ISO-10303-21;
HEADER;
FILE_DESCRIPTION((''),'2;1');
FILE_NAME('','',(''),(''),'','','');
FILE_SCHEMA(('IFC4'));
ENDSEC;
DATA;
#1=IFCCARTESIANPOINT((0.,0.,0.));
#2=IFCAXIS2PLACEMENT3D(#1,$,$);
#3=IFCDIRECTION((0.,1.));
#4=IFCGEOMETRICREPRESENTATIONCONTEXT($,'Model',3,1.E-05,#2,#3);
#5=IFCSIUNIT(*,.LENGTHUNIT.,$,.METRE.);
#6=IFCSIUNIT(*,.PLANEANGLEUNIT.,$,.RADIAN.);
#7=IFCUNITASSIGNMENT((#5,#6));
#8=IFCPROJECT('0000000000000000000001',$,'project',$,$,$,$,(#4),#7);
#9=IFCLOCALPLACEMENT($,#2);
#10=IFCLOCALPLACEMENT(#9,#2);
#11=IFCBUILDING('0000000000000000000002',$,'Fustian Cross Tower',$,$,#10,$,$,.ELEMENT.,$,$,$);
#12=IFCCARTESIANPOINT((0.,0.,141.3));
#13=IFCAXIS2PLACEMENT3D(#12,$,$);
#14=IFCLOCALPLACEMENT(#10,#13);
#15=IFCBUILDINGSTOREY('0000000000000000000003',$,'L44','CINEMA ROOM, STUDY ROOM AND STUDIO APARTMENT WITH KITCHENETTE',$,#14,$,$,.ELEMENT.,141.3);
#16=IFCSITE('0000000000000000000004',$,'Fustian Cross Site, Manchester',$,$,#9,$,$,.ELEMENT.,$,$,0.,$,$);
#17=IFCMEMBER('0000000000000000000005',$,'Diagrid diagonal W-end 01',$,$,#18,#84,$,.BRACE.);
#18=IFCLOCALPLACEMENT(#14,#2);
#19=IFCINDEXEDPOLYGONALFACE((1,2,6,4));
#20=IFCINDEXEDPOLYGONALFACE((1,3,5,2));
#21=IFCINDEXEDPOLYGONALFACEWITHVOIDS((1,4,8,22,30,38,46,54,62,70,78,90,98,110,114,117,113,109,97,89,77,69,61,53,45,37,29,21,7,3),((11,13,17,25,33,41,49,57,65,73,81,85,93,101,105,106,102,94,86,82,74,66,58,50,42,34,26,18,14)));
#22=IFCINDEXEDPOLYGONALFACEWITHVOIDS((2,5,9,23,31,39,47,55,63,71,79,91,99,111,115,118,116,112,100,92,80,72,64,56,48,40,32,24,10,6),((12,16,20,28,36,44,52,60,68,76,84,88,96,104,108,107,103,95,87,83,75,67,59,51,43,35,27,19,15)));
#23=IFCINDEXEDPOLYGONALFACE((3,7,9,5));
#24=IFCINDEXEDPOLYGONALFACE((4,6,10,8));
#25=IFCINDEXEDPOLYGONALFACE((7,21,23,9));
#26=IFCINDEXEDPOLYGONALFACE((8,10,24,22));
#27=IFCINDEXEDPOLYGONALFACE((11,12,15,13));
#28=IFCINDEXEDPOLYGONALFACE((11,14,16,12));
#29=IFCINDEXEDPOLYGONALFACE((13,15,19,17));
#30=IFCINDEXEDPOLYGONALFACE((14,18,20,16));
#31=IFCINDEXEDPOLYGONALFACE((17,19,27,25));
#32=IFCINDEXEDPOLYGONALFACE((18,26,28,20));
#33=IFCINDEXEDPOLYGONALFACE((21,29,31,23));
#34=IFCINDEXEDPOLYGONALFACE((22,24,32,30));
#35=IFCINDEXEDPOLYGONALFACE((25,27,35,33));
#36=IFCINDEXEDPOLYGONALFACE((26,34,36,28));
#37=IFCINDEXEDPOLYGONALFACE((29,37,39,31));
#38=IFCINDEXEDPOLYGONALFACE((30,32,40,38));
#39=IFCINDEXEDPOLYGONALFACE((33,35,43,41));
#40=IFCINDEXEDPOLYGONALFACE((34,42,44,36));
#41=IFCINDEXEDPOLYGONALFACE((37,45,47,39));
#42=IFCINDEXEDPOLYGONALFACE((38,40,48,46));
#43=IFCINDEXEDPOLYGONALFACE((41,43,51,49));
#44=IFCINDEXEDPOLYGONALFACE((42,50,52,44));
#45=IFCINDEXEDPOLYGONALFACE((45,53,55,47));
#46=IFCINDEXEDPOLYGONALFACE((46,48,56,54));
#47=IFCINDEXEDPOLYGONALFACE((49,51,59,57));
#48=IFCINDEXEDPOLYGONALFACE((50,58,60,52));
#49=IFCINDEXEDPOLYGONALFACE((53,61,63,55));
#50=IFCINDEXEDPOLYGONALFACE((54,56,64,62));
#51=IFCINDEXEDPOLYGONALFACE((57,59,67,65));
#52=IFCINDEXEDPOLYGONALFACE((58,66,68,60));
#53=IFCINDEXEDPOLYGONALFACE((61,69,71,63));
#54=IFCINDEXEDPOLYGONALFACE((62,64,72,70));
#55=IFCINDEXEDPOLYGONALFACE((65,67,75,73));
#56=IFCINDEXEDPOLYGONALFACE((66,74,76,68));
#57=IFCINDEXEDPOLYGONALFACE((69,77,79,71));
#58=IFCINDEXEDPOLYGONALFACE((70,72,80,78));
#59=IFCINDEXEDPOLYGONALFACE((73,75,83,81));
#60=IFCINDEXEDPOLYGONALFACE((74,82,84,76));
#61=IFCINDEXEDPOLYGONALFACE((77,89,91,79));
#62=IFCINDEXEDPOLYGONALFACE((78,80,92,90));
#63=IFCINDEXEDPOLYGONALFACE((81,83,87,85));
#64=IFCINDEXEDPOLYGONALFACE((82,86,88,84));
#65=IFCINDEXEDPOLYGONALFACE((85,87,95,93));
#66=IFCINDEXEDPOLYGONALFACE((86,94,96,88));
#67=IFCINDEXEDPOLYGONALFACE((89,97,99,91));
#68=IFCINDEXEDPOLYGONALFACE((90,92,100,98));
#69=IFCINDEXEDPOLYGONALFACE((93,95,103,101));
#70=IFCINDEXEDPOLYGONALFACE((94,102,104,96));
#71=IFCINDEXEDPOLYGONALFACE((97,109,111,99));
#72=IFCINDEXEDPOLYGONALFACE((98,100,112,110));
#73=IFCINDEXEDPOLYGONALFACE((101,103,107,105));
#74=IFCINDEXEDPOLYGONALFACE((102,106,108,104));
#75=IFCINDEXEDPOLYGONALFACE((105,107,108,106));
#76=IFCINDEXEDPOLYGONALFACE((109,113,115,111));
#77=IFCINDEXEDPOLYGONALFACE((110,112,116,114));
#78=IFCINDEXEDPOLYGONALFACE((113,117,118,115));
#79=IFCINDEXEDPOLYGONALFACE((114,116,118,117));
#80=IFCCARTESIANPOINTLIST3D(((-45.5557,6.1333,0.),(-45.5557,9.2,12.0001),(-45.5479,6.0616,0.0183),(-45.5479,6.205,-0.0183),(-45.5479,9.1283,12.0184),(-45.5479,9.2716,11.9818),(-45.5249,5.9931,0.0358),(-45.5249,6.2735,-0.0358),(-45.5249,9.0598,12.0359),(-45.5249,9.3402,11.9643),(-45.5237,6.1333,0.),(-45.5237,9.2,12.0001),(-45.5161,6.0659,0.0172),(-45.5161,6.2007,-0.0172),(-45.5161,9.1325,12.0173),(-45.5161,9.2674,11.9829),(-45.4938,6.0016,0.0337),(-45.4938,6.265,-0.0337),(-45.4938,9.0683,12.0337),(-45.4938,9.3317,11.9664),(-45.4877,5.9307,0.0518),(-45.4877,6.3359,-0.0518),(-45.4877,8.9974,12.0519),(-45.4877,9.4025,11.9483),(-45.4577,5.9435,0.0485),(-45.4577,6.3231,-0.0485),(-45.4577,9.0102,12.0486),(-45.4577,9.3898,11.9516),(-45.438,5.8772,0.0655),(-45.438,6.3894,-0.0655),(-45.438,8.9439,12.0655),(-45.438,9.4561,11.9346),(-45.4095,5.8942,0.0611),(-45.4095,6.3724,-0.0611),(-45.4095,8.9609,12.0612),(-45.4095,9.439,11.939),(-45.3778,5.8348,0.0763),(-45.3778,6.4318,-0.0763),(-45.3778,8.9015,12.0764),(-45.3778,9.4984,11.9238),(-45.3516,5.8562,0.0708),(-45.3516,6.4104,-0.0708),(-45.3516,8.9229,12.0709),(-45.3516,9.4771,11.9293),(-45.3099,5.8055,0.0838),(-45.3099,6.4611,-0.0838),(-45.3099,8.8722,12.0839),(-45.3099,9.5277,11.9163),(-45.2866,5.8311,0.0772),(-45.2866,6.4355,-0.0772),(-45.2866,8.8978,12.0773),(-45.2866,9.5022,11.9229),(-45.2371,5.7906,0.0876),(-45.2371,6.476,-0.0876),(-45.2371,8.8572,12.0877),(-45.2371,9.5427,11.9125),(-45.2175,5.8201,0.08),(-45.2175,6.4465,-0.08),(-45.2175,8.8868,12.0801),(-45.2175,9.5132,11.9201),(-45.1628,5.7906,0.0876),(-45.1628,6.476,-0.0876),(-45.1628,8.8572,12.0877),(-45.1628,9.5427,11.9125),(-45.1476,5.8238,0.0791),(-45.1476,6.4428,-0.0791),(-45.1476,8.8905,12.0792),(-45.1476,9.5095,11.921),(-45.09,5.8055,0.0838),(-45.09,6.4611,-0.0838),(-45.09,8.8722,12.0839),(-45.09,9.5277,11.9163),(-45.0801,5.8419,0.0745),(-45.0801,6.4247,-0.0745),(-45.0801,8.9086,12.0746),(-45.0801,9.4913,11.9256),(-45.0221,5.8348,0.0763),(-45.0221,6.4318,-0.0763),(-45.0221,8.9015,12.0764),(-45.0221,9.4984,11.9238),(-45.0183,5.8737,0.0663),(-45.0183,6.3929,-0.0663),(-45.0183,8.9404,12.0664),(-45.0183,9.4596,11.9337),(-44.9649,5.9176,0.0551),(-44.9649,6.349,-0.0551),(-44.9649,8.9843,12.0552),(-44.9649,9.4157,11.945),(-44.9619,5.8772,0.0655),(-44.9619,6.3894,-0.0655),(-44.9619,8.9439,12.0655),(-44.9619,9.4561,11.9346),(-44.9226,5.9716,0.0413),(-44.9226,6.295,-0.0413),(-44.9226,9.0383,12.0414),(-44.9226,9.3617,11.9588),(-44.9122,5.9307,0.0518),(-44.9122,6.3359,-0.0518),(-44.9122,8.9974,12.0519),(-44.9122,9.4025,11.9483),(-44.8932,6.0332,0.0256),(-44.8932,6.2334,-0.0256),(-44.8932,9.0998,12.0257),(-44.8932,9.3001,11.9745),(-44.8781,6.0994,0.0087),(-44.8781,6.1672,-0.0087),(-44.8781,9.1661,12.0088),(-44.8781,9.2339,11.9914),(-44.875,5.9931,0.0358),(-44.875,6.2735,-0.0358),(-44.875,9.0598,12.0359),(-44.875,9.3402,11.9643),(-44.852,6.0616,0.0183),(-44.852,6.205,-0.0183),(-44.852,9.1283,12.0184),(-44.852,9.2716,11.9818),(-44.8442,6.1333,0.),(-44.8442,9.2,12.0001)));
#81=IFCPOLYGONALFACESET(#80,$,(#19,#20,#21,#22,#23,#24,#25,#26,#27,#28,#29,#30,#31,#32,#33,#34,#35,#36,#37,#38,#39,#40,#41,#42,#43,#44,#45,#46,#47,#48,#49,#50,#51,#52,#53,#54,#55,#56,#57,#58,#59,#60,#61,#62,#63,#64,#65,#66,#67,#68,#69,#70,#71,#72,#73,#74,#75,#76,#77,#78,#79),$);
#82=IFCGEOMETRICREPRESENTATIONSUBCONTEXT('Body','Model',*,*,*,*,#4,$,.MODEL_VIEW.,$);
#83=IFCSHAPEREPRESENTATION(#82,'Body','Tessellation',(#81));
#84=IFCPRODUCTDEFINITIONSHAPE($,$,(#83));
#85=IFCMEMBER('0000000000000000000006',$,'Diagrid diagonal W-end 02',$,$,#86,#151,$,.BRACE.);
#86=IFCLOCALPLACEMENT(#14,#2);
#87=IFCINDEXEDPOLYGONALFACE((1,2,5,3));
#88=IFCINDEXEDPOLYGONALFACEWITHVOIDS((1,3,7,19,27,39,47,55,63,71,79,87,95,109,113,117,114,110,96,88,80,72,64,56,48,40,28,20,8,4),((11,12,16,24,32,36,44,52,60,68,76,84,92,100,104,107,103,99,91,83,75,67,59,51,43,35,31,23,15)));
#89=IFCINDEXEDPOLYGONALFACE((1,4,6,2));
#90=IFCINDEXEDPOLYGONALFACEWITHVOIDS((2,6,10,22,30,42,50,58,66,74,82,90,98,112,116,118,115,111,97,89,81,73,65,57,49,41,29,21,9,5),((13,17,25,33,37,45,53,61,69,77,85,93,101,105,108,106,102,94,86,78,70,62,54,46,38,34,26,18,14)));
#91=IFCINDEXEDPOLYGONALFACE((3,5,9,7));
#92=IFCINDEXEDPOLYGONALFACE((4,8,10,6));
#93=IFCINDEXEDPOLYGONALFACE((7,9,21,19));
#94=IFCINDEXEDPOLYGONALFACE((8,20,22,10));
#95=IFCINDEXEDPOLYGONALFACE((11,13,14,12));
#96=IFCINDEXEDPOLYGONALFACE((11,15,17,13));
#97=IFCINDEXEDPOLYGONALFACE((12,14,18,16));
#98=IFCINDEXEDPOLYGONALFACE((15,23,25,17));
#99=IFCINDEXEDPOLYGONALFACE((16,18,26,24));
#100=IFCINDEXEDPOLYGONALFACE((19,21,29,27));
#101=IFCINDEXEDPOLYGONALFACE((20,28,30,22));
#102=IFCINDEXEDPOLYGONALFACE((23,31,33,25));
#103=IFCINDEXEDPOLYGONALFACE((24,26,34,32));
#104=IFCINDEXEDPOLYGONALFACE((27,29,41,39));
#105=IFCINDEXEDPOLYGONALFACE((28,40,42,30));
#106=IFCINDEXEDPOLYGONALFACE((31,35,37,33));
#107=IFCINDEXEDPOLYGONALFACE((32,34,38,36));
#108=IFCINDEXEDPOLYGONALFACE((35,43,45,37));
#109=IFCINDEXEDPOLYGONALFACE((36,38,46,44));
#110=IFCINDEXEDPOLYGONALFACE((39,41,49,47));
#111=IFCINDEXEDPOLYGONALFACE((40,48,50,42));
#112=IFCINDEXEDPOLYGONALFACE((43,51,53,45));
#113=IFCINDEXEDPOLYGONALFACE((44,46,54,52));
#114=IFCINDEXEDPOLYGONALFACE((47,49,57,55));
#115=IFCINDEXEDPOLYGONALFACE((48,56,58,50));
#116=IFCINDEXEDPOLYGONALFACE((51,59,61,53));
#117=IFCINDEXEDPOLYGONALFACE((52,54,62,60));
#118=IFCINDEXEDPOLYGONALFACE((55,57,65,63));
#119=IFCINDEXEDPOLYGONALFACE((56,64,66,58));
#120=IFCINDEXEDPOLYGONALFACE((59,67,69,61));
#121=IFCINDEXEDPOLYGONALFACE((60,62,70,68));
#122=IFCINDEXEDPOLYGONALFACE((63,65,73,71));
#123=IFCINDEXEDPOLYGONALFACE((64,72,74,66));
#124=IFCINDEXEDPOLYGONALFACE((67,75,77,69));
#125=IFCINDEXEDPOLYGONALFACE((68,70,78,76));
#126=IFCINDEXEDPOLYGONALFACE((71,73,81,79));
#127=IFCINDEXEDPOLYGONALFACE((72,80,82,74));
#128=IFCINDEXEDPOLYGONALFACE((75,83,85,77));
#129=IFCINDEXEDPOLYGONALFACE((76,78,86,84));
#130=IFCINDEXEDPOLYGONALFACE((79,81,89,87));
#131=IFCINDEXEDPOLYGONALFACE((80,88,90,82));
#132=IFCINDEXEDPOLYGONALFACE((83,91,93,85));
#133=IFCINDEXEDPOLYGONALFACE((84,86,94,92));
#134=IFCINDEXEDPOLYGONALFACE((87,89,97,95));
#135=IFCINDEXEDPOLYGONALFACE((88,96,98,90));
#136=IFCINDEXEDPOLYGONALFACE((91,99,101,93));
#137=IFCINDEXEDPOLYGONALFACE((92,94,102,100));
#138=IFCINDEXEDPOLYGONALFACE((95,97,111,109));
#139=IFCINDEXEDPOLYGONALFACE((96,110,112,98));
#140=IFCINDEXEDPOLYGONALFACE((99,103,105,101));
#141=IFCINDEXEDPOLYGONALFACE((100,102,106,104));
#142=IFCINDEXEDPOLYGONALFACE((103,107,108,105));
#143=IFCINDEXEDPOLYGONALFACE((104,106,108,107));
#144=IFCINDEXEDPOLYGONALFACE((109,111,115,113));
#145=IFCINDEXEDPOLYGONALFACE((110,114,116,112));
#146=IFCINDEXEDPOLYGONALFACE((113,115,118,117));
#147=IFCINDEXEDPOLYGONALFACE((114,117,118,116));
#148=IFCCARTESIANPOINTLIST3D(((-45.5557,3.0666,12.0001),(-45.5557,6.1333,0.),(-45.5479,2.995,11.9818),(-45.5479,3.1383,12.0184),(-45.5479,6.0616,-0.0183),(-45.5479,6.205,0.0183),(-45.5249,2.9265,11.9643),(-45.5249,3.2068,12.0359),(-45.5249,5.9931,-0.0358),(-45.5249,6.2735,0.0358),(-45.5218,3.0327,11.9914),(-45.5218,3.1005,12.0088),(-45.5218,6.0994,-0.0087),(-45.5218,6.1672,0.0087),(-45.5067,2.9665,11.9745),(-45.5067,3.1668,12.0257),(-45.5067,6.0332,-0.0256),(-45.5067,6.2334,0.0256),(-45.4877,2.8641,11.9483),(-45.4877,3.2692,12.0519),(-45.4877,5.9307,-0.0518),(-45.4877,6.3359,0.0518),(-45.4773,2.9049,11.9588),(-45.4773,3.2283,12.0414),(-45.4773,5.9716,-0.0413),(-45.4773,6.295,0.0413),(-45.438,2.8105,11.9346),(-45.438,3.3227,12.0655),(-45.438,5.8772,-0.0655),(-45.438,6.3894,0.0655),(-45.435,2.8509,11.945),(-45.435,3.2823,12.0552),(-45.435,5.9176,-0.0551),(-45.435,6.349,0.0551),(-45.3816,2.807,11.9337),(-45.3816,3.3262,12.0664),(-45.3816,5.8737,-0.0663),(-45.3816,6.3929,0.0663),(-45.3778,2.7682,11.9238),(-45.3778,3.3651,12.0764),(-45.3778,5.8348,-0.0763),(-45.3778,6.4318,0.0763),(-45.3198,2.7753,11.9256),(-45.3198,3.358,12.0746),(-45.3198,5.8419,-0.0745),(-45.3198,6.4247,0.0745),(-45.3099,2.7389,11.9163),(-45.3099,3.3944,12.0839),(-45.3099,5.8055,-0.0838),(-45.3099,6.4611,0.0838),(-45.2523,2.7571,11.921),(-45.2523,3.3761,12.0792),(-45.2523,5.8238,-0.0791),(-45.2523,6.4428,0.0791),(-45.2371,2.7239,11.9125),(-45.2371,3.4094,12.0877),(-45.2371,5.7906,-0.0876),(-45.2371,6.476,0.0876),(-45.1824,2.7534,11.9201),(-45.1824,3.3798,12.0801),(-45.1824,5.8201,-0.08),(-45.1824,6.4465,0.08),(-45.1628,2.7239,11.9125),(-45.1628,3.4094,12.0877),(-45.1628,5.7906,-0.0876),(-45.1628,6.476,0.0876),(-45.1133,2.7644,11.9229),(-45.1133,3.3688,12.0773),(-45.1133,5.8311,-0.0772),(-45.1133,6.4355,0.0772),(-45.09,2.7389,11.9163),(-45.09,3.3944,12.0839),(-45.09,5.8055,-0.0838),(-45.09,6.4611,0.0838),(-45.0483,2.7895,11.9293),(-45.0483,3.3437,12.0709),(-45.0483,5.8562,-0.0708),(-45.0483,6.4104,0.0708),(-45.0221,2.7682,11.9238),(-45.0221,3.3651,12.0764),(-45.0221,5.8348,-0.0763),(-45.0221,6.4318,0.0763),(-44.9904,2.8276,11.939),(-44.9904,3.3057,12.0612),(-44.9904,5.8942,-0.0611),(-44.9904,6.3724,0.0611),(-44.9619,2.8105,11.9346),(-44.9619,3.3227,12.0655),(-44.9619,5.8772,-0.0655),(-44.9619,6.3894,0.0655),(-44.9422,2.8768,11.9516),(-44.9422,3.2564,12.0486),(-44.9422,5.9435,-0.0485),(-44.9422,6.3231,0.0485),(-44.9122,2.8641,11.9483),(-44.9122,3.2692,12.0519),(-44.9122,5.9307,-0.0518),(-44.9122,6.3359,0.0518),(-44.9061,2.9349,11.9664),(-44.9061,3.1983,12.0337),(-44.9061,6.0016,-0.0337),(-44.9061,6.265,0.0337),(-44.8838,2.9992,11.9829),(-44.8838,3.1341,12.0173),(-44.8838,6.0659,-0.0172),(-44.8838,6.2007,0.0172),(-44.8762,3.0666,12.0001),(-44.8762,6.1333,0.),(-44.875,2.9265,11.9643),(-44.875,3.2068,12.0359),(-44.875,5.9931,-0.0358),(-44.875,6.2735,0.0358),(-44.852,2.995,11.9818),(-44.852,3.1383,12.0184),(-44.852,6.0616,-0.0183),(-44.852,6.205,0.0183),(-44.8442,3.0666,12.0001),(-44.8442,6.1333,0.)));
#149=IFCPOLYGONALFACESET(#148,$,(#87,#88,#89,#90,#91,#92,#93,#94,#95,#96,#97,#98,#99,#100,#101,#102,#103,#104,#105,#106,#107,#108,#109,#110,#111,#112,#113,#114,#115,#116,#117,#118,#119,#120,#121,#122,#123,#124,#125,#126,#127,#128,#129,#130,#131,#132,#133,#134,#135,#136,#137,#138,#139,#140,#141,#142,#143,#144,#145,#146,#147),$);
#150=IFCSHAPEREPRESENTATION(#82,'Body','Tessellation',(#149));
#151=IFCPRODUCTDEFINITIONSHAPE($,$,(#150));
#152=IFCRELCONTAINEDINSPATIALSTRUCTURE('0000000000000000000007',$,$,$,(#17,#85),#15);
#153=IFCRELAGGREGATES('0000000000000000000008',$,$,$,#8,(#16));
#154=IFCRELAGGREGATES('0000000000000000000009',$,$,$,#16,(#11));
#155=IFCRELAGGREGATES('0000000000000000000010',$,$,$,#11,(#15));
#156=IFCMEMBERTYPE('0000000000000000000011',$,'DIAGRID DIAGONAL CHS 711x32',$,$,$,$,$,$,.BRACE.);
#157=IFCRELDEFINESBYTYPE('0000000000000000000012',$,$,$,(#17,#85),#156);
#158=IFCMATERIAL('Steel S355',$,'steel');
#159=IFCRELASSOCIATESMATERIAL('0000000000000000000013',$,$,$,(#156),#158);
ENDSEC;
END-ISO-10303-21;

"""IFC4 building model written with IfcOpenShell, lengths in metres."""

from ifc_helpers import new_model, si_unit, direction, frame, origin, origin_2d, place, context, subcontext, project, spatial, hollow_circle, extrude, material, material_profile, profile_set, type_object, element, save


model = new_model("IFC4")

# Units and contexts
model_context = context("Model", 3, precision=1e-05, world=origin(), true_north=direction((0.0, 1.0)))
body_context = subcontext(model_context, "Body", "Model", "MODEL_VIEW")
ifc_project = project(units=[si_unit("LENGTHUNIT", "METRE"), si_unit("PLANEANGLEUNIT", "RADIAN")], contexts=[model_context])

# Site, building, storey
site_placement = place(None, origin())
site = spatial("IfcSite", under=ifc_project, at=site_placement, Name="Fustian Cross Site, Manchester", CompositionType="ELEMENT", RefElevation=0.0)
building_placement = place(site_placement, origin())
building = spatial("IfcBuilding", under=site, at=building_placement, Name="Fustian Cross Tower", CompositionType="ELEMENT")
storey_placement = place(building_placement, frame((0.0, 0.0, 141.3)))
storey = spatial("IfcBuildingStorey", under=building, at=storey_placement, Name="L44", Description="CINEMA ROOM, STUDY ROOM AND STUDIO APARTMENT WITH KITCHENETTE", CompositionType="ELEMENT", Elevation=141.3)

# Members
ifc_material_1 = material(Name="Steel S355", Category="steel")
ifc_material_profile_1 = material_profile(ifc_material_1, hollow_circle(Radius=0.3557, WallThickness=0.032, at=origin_2d()), Name="CHS 711x32")
ifc_profile_set_1 = profile_set([ifc_material_profile_1], Name="Steel S355")
member_type_1 = type_object("IfcMemberType", Name="DIAGRID DIAGONAL CHS 711x32", PredefinedType="BRACE", material=ifc_profile_set_1)
for number, where, z_axis, x_axis, name in (
    (1, (-45.2, 6.1333, 0.0), (0.0, 0.247597, 0.968863), (-1.0, 0.0, 0.0), "Diagrid diagonal W-end 01"),
    (2, (-45.2, 6.1333, 0.0), (0.0, -0.247597, 0.968863), (1.0, 0.0, 0.0), "Diagrid diagonal W-end 02"),
):
    element("IfcMember", number, at=place(storey_placement, frame(where, z_axis=z_axis, x_axis=x_axis)), inside=storey, type_object=member_type_1, Name=name, PredefinedType="BRACE", context=body_context, shape_type="SweptSolid", body=[
        extrude(hollow_circle(Radius=0.3557, WallThickness=0.032, at=origin_2d()), origin(), (0.0, 0.0, 1.0), 12.3857),
    ])

save(model, "model.ifc")
